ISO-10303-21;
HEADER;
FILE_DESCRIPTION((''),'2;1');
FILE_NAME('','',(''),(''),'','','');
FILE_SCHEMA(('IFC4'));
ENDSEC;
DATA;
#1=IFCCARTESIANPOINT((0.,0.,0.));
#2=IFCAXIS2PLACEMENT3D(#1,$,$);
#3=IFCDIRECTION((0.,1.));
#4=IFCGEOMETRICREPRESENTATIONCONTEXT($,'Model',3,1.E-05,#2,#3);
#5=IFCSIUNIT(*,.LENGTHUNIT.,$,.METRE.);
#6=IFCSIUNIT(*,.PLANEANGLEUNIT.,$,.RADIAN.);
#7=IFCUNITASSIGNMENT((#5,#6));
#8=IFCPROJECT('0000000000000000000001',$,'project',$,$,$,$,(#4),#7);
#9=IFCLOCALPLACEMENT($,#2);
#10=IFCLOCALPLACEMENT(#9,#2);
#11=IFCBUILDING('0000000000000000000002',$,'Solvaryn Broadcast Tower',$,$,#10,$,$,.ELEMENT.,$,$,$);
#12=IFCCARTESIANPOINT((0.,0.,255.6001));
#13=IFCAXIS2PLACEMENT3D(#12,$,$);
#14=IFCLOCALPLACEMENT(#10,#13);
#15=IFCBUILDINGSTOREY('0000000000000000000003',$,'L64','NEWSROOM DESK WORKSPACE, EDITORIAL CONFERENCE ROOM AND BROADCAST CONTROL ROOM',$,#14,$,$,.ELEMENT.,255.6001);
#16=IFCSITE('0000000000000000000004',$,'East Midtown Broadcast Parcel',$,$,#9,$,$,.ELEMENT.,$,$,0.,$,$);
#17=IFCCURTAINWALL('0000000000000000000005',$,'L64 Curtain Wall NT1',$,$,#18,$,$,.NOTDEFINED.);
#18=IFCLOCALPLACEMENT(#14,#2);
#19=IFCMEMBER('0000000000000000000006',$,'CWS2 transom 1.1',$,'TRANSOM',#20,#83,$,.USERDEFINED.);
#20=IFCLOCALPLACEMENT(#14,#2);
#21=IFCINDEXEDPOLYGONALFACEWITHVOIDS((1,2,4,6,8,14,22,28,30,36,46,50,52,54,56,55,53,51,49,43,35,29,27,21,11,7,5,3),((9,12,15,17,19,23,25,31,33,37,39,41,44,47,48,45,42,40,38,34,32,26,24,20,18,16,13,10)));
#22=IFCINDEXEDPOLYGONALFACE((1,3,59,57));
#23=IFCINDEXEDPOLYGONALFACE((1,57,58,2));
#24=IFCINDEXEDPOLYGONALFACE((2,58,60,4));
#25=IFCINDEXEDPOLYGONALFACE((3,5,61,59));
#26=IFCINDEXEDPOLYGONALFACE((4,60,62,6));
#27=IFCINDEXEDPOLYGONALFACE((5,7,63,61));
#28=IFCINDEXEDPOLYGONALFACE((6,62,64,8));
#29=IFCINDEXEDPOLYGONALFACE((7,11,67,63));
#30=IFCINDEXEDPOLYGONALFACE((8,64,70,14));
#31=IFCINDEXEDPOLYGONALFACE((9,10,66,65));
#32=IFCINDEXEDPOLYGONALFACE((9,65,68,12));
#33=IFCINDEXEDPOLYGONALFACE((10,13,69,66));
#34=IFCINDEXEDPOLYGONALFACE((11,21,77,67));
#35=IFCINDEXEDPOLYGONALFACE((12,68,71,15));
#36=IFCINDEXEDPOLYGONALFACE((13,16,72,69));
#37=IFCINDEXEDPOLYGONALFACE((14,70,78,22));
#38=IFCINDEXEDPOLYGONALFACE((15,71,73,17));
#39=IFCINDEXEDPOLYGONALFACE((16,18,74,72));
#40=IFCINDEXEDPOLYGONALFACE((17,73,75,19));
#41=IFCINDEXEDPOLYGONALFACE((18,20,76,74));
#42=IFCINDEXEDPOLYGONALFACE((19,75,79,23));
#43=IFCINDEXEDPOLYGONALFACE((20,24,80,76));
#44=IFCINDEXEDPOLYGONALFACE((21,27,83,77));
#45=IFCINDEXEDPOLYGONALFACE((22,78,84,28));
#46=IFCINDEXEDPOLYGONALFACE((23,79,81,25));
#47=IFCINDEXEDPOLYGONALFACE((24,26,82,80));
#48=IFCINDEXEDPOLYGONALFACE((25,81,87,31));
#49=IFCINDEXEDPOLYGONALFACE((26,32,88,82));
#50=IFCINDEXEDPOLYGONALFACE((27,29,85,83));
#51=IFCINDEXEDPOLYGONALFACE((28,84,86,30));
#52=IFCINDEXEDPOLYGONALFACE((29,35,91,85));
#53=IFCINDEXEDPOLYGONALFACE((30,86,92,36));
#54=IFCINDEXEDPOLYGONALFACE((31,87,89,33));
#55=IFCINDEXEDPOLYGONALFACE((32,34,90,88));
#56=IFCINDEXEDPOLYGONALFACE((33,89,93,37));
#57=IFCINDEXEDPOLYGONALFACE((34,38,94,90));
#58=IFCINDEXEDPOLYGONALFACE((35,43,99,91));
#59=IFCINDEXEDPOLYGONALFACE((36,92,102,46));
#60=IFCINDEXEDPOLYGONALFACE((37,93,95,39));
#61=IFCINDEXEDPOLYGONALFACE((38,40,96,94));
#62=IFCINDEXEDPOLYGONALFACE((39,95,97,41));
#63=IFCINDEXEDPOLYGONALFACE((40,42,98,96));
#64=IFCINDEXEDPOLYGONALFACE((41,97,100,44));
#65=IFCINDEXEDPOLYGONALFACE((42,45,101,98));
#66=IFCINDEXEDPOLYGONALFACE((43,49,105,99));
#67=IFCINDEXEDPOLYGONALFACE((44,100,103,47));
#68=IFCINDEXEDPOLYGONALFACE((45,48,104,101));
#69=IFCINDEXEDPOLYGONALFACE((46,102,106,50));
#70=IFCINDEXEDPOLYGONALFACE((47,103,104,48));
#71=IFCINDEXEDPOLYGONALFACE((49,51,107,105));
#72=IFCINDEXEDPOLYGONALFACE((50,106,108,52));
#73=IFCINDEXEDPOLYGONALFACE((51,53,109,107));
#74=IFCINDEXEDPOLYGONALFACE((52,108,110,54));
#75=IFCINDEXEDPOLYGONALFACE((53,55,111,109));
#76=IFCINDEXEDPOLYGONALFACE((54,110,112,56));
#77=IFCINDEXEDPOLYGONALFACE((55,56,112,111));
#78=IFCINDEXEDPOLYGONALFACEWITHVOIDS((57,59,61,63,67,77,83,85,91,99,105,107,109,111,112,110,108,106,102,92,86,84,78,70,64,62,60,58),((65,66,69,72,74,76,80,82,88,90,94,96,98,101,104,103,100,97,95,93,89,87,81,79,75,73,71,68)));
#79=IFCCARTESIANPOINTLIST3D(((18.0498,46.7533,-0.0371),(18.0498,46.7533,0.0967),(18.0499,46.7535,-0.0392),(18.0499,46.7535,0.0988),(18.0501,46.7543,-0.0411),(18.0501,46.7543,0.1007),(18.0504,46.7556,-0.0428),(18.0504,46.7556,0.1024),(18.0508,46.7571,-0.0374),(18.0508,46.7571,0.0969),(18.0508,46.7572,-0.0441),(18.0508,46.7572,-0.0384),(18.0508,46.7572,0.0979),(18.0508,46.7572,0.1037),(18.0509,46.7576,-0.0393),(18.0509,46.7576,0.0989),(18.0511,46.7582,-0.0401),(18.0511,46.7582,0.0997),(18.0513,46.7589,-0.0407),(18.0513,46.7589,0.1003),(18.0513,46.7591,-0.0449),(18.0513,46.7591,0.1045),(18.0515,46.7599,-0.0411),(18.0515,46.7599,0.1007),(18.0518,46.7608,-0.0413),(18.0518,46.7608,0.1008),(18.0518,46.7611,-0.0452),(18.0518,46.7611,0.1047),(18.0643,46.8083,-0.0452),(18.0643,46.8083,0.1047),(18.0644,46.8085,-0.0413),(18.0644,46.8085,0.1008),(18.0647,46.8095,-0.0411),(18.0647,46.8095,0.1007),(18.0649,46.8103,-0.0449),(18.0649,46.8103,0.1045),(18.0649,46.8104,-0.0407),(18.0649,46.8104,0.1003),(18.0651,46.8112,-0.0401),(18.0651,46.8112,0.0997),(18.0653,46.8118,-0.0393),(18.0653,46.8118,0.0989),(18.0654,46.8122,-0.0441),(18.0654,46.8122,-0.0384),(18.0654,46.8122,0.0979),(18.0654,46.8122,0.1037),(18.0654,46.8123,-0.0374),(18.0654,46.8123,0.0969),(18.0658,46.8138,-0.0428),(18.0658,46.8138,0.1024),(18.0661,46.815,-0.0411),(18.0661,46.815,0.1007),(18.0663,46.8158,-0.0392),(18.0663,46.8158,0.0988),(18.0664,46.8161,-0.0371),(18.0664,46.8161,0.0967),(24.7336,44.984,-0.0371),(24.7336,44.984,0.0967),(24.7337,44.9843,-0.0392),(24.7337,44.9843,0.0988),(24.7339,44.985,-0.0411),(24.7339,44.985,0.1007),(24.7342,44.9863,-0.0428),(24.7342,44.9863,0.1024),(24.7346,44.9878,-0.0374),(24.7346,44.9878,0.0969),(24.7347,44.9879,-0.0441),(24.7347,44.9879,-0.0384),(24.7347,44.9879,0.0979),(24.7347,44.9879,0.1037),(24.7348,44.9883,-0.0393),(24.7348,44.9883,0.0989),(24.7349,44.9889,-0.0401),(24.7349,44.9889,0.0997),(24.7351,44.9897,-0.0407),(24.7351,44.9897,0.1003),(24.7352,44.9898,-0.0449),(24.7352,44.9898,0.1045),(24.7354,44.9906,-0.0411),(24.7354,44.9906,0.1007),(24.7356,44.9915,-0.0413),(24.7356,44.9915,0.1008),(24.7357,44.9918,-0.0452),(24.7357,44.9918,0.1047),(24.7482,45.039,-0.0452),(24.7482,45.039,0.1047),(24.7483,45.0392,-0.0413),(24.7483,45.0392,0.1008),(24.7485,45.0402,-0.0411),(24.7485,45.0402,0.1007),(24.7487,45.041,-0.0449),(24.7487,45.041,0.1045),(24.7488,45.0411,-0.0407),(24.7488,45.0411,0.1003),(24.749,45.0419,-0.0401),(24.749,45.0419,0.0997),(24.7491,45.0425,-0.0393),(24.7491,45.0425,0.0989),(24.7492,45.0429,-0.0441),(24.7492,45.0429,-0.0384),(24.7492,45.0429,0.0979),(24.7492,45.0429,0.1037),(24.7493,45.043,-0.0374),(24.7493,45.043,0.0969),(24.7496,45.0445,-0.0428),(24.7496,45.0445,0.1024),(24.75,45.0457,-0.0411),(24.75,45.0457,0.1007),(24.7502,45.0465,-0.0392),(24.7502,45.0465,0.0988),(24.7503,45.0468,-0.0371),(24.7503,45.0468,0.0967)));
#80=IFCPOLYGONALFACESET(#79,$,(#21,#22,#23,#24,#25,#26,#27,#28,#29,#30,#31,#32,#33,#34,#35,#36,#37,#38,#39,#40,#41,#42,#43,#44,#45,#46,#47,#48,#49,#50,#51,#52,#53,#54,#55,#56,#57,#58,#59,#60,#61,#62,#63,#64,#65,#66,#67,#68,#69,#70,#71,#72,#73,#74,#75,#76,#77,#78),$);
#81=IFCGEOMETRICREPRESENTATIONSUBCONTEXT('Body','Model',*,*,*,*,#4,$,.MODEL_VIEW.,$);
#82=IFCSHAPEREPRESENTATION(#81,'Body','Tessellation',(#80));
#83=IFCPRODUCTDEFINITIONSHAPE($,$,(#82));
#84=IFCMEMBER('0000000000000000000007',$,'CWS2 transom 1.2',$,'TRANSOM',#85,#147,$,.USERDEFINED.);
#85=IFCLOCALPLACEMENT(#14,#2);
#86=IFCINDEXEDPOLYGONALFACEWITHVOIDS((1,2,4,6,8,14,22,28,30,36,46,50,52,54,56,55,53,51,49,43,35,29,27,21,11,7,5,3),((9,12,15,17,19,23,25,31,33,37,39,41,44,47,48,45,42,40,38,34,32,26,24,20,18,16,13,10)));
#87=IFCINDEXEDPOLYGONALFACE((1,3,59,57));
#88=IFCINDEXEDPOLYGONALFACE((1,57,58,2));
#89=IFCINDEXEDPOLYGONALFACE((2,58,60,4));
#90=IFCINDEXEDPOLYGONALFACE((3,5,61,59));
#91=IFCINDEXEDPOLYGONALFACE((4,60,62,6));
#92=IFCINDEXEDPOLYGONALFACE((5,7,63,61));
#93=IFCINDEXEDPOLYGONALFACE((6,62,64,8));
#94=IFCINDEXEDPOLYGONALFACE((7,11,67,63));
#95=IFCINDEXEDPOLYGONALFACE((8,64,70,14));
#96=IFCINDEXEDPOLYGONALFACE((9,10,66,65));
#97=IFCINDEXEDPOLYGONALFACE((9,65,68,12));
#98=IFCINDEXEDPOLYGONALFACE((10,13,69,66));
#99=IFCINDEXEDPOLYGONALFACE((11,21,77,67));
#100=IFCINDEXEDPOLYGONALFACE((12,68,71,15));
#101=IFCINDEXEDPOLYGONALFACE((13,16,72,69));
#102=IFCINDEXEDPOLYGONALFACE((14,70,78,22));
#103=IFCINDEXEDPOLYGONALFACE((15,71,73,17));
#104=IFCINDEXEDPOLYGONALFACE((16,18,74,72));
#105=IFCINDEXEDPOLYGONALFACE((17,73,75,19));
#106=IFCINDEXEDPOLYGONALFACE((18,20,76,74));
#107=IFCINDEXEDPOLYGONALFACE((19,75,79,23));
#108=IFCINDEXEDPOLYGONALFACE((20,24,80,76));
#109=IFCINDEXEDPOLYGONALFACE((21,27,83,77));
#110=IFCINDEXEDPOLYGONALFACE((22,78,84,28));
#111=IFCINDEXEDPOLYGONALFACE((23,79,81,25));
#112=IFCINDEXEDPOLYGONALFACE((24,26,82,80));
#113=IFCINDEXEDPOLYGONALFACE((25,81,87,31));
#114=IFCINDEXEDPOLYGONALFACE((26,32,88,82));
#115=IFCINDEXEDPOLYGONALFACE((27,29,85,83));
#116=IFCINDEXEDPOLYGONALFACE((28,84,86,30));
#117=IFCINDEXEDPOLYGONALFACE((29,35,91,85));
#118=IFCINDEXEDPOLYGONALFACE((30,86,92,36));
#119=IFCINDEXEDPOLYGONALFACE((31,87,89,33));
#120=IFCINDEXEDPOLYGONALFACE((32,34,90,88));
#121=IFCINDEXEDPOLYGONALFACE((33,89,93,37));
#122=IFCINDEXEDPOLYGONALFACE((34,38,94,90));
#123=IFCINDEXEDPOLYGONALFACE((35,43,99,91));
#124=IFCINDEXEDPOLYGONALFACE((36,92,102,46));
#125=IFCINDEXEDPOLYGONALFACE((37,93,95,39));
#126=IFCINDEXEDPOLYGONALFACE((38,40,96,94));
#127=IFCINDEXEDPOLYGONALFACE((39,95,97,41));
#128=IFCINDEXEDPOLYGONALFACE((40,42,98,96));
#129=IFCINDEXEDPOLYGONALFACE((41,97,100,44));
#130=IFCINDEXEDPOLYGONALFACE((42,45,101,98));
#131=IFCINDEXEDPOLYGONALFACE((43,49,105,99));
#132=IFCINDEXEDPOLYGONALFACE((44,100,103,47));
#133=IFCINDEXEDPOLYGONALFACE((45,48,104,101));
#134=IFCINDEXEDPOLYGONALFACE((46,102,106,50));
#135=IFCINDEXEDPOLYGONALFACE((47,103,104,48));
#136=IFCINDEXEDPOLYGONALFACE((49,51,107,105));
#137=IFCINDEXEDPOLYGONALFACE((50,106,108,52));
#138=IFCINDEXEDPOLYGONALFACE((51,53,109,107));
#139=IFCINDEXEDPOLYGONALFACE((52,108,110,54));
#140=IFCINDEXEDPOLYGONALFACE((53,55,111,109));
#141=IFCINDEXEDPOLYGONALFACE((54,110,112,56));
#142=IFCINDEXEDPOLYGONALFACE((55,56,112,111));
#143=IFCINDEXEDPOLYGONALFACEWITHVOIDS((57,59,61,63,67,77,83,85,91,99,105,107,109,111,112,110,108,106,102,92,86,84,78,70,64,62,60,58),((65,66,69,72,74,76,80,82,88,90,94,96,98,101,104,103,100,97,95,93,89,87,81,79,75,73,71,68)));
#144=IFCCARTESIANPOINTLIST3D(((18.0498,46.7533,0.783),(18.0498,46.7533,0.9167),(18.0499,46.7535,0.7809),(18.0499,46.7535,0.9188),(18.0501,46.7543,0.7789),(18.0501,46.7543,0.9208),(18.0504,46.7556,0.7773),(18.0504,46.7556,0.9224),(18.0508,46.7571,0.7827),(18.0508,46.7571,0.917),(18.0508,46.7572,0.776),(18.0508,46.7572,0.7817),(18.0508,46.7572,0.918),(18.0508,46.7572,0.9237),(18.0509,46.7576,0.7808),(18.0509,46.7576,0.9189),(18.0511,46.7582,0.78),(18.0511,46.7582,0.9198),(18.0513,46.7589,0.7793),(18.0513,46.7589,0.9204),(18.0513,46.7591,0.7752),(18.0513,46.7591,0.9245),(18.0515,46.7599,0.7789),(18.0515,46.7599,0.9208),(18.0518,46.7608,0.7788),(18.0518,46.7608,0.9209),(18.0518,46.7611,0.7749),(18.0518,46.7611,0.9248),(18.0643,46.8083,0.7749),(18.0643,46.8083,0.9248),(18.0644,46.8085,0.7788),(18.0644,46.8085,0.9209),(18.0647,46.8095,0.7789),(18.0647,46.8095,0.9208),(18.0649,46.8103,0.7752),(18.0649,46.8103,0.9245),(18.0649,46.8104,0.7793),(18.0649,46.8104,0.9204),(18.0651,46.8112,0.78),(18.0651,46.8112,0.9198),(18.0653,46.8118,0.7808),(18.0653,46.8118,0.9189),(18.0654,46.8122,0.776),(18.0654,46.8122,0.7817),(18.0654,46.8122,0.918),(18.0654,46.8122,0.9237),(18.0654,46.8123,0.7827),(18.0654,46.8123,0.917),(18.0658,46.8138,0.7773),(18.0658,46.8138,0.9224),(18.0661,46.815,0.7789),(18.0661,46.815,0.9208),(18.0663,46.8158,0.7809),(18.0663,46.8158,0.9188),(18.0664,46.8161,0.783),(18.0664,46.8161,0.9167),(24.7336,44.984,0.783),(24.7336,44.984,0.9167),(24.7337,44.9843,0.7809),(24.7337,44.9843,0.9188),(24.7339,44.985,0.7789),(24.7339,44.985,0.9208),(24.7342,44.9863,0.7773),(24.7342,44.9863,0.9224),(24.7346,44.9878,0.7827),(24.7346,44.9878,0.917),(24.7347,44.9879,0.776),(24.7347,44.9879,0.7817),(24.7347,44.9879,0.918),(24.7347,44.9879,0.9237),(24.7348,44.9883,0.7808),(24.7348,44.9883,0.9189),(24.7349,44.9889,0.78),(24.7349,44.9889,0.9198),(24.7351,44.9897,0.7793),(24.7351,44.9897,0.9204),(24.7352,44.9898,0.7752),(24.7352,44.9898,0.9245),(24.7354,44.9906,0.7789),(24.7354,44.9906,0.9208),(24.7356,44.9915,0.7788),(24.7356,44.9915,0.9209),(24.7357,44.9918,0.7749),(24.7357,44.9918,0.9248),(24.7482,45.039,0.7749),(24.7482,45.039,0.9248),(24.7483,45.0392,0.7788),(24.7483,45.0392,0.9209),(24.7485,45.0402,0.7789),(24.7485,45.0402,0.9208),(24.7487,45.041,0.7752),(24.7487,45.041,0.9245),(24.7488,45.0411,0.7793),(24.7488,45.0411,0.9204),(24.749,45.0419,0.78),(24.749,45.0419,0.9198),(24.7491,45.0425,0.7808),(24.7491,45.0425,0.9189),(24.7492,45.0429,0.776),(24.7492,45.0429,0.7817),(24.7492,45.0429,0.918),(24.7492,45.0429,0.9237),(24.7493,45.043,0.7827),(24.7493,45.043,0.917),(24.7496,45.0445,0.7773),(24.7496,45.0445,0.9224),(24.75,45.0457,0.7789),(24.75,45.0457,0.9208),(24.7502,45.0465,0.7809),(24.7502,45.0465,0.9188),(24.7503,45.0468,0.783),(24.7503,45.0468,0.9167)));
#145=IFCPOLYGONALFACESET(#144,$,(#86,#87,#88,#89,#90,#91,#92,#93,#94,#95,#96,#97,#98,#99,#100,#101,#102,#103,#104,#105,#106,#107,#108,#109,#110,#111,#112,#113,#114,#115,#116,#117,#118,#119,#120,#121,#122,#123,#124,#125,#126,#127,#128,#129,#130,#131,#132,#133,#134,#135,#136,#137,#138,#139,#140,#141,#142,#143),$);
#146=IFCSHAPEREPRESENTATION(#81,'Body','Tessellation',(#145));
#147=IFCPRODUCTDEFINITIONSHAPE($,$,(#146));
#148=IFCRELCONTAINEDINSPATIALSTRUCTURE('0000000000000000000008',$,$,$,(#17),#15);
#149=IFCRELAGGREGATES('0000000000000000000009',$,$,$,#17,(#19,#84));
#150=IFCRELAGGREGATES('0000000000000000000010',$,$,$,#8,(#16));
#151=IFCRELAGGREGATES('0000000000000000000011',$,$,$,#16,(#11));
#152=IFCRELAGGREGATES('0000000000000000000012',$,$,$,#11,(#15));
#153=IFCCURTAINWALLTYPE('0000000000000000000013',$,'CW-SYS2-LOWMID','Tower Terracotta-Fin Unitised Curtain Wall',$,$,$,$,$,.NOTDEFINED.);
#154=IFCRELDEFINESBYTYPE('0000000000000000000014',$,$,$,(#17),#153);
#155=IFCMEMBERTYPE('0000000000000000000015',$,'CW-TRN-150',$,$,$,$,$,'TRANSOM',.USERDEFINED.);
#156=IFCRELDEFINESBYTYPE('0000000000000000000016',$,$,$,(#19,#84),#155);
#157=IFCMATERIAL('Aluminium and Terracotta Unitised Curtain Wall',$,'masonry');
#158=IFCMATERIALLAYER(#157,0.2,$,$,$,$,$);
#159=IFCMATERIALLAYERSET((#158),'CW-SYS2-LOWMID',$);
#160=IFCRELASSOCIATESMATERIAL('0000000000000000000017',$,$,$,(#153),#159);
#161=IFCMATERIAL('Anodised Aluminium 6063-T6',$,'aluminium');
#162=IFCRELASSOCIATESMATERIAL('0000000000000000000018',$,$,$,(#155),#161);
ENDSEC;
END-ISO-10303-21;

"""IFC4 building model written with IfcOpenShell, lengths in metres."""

from ifc_helpers import new_model, si_unit, direction, frame, origin, origin_2d, place, context, subcontext, project, spatial, hollow_rectangle, extrude, material, layer, layer_set, material_profile, profile_set, type_object, element, aggregate, save


model = new_model("IFC4")

# Units and contexts
model_context = context("Model", 3, precision=1e-05, world=origin(), true_north=direction((0.0, 1.0)))
body_context = subcontext(model_context, "Body", "Model", "MODEL_VIEW")
ifc_project = project(units=[si_unit("LENGTHUNIT", "METRE"), si_unit("PLANEANGLEUNIT", "RADIAN")], contexts=[model_context])

# Site, building, storey
site_placement = place(None, origin())
site = spatial("IfcSite", under=ifc_project, at=site_placement, Name="East Midtown Broadcast Parcel", CompositionType="ELEMENT", RefElevation=0.0)
building_placement = place(site_placement, origin())
building = spatial("IfcBuilding", under=site, at=building_placement, Name="Solvaryn Broadcast Tower", CompositionType="ELEMENT")
storey_placement = place(building_placement, frame((0.0, 0.0, 255.6001)))
storey = spatial("IfcBuildingStorey", under=building, at=storey_placement, Name="L64", Description="NEWSROOM DESK WORKSPACE, EDITORIAL CONFERENCE ROOM AND BROADCAST CONTROL ROOM", CompositionType="ELEMENT", Elevation=255.6001)

# Shared definitions
ifc_material_1 = material(Name="Aluminium and Terracotta Unitised Curtain Wall", Category="masonry")
ifc_layer_1 = layer(ifc_material_1, 0.2)
ifc_layer_set_1 = layer_set([ifc_layer_1], Name="CW-SYS2-LOWMID")
curtain_wall_type = type_object("IfcCurtainWallType", Name="CW-SYS2-LOWMID", Description="Tower Terracotta-Fin Unitised Curtain Wall", PredefinedType="NOTDEFINED", material=ifc_layer_set_1)

# Curtain wall
curtain_wall_1_placement = place(storey_placement, origin())
curtain_wall_1 = element("IfcCurtainWall", 1, at=curtain_wall_1_placement, inside=storey, type_object=curtain_wall_type, Name="L64 Curtain Wall NT1", PredefinedType="NOTDEFINED")

# Members
ifc_material_2 = material(Name="Anodised Aluminium 6063-T6", Category="aluminium")
ifc_material_profile_1 = material_profile(ifc_material_2, hollow_rectangle(XDim=0.0649, YDim=0.1499, WallThickness=0.0039, InnerFilletRadius=0.0039, OuterFilletRadius=0.0081, at=origin_2d()))
ifc_profile_set_1 = profile_set([ifc_material_profile_1], Name="Anodised Aluminium 6063-T6")
member_type_1 = type_object("IfcMemberType", Name="CW-TRN-150", ElementType="TRANSOM", PredefinedType="USERDEFINED", material=ifc_profile_set_1)
member_1_placement = place(storey_placement, frame((24.7419, 45.0154, 0.0298), z_axis=(-0.966704, 0.255897, 0.0), x_axis=(-0.255897, -0.966704, 0.0)))
member_1 = element("IfcMember", 2, at=member_1_placement, type_object=member_type_1, Name="CWS2 transom 1.1", ObjectType="TRANSOM", PredefinedType="USERDEFINED", context=body_context, shape_type="SweptSolid", body=[
    extrude(hollow_rectangle(XDim=0.0649, YDim=0.1499, WallThickness=0.0039, InnerFilletRadius=0.0039, OuterFilletRadius=0.0081, at=origin_2d()), origin(), (0.0, 0.0, 1.0), 6.9141),
])
member_2_placement = place(storey_placement, frame((24.7419, 45.0154, 0.8499), z_axis=(-0.966704, 0.255897, 0.0), x_axis=(-0.255897, -0.966704, 0.0)))
member_2 = element("IfcMember", 3, at=member_2_placement, type_object=member_type_1, Name="CWS2 transom 1.2", ObjectType="TRANSOM", PredefinedType="USERDEFINED", context=body_context, shape_type="SweptSolid", body=[
    extrude(hollow_rectangle(XDim=0.0649, YDim=0.1499, WallThickness=0.0039, InnerFilletRadius=0.0039, OuterFilletRadius=0.0081, at=origin_2d()), origin(), (0.0, 0.0, 1.0), 6.9141),
])
aggregate(curtain_wall_1, [member_1, member_2])

save(model, "model.ifc")
